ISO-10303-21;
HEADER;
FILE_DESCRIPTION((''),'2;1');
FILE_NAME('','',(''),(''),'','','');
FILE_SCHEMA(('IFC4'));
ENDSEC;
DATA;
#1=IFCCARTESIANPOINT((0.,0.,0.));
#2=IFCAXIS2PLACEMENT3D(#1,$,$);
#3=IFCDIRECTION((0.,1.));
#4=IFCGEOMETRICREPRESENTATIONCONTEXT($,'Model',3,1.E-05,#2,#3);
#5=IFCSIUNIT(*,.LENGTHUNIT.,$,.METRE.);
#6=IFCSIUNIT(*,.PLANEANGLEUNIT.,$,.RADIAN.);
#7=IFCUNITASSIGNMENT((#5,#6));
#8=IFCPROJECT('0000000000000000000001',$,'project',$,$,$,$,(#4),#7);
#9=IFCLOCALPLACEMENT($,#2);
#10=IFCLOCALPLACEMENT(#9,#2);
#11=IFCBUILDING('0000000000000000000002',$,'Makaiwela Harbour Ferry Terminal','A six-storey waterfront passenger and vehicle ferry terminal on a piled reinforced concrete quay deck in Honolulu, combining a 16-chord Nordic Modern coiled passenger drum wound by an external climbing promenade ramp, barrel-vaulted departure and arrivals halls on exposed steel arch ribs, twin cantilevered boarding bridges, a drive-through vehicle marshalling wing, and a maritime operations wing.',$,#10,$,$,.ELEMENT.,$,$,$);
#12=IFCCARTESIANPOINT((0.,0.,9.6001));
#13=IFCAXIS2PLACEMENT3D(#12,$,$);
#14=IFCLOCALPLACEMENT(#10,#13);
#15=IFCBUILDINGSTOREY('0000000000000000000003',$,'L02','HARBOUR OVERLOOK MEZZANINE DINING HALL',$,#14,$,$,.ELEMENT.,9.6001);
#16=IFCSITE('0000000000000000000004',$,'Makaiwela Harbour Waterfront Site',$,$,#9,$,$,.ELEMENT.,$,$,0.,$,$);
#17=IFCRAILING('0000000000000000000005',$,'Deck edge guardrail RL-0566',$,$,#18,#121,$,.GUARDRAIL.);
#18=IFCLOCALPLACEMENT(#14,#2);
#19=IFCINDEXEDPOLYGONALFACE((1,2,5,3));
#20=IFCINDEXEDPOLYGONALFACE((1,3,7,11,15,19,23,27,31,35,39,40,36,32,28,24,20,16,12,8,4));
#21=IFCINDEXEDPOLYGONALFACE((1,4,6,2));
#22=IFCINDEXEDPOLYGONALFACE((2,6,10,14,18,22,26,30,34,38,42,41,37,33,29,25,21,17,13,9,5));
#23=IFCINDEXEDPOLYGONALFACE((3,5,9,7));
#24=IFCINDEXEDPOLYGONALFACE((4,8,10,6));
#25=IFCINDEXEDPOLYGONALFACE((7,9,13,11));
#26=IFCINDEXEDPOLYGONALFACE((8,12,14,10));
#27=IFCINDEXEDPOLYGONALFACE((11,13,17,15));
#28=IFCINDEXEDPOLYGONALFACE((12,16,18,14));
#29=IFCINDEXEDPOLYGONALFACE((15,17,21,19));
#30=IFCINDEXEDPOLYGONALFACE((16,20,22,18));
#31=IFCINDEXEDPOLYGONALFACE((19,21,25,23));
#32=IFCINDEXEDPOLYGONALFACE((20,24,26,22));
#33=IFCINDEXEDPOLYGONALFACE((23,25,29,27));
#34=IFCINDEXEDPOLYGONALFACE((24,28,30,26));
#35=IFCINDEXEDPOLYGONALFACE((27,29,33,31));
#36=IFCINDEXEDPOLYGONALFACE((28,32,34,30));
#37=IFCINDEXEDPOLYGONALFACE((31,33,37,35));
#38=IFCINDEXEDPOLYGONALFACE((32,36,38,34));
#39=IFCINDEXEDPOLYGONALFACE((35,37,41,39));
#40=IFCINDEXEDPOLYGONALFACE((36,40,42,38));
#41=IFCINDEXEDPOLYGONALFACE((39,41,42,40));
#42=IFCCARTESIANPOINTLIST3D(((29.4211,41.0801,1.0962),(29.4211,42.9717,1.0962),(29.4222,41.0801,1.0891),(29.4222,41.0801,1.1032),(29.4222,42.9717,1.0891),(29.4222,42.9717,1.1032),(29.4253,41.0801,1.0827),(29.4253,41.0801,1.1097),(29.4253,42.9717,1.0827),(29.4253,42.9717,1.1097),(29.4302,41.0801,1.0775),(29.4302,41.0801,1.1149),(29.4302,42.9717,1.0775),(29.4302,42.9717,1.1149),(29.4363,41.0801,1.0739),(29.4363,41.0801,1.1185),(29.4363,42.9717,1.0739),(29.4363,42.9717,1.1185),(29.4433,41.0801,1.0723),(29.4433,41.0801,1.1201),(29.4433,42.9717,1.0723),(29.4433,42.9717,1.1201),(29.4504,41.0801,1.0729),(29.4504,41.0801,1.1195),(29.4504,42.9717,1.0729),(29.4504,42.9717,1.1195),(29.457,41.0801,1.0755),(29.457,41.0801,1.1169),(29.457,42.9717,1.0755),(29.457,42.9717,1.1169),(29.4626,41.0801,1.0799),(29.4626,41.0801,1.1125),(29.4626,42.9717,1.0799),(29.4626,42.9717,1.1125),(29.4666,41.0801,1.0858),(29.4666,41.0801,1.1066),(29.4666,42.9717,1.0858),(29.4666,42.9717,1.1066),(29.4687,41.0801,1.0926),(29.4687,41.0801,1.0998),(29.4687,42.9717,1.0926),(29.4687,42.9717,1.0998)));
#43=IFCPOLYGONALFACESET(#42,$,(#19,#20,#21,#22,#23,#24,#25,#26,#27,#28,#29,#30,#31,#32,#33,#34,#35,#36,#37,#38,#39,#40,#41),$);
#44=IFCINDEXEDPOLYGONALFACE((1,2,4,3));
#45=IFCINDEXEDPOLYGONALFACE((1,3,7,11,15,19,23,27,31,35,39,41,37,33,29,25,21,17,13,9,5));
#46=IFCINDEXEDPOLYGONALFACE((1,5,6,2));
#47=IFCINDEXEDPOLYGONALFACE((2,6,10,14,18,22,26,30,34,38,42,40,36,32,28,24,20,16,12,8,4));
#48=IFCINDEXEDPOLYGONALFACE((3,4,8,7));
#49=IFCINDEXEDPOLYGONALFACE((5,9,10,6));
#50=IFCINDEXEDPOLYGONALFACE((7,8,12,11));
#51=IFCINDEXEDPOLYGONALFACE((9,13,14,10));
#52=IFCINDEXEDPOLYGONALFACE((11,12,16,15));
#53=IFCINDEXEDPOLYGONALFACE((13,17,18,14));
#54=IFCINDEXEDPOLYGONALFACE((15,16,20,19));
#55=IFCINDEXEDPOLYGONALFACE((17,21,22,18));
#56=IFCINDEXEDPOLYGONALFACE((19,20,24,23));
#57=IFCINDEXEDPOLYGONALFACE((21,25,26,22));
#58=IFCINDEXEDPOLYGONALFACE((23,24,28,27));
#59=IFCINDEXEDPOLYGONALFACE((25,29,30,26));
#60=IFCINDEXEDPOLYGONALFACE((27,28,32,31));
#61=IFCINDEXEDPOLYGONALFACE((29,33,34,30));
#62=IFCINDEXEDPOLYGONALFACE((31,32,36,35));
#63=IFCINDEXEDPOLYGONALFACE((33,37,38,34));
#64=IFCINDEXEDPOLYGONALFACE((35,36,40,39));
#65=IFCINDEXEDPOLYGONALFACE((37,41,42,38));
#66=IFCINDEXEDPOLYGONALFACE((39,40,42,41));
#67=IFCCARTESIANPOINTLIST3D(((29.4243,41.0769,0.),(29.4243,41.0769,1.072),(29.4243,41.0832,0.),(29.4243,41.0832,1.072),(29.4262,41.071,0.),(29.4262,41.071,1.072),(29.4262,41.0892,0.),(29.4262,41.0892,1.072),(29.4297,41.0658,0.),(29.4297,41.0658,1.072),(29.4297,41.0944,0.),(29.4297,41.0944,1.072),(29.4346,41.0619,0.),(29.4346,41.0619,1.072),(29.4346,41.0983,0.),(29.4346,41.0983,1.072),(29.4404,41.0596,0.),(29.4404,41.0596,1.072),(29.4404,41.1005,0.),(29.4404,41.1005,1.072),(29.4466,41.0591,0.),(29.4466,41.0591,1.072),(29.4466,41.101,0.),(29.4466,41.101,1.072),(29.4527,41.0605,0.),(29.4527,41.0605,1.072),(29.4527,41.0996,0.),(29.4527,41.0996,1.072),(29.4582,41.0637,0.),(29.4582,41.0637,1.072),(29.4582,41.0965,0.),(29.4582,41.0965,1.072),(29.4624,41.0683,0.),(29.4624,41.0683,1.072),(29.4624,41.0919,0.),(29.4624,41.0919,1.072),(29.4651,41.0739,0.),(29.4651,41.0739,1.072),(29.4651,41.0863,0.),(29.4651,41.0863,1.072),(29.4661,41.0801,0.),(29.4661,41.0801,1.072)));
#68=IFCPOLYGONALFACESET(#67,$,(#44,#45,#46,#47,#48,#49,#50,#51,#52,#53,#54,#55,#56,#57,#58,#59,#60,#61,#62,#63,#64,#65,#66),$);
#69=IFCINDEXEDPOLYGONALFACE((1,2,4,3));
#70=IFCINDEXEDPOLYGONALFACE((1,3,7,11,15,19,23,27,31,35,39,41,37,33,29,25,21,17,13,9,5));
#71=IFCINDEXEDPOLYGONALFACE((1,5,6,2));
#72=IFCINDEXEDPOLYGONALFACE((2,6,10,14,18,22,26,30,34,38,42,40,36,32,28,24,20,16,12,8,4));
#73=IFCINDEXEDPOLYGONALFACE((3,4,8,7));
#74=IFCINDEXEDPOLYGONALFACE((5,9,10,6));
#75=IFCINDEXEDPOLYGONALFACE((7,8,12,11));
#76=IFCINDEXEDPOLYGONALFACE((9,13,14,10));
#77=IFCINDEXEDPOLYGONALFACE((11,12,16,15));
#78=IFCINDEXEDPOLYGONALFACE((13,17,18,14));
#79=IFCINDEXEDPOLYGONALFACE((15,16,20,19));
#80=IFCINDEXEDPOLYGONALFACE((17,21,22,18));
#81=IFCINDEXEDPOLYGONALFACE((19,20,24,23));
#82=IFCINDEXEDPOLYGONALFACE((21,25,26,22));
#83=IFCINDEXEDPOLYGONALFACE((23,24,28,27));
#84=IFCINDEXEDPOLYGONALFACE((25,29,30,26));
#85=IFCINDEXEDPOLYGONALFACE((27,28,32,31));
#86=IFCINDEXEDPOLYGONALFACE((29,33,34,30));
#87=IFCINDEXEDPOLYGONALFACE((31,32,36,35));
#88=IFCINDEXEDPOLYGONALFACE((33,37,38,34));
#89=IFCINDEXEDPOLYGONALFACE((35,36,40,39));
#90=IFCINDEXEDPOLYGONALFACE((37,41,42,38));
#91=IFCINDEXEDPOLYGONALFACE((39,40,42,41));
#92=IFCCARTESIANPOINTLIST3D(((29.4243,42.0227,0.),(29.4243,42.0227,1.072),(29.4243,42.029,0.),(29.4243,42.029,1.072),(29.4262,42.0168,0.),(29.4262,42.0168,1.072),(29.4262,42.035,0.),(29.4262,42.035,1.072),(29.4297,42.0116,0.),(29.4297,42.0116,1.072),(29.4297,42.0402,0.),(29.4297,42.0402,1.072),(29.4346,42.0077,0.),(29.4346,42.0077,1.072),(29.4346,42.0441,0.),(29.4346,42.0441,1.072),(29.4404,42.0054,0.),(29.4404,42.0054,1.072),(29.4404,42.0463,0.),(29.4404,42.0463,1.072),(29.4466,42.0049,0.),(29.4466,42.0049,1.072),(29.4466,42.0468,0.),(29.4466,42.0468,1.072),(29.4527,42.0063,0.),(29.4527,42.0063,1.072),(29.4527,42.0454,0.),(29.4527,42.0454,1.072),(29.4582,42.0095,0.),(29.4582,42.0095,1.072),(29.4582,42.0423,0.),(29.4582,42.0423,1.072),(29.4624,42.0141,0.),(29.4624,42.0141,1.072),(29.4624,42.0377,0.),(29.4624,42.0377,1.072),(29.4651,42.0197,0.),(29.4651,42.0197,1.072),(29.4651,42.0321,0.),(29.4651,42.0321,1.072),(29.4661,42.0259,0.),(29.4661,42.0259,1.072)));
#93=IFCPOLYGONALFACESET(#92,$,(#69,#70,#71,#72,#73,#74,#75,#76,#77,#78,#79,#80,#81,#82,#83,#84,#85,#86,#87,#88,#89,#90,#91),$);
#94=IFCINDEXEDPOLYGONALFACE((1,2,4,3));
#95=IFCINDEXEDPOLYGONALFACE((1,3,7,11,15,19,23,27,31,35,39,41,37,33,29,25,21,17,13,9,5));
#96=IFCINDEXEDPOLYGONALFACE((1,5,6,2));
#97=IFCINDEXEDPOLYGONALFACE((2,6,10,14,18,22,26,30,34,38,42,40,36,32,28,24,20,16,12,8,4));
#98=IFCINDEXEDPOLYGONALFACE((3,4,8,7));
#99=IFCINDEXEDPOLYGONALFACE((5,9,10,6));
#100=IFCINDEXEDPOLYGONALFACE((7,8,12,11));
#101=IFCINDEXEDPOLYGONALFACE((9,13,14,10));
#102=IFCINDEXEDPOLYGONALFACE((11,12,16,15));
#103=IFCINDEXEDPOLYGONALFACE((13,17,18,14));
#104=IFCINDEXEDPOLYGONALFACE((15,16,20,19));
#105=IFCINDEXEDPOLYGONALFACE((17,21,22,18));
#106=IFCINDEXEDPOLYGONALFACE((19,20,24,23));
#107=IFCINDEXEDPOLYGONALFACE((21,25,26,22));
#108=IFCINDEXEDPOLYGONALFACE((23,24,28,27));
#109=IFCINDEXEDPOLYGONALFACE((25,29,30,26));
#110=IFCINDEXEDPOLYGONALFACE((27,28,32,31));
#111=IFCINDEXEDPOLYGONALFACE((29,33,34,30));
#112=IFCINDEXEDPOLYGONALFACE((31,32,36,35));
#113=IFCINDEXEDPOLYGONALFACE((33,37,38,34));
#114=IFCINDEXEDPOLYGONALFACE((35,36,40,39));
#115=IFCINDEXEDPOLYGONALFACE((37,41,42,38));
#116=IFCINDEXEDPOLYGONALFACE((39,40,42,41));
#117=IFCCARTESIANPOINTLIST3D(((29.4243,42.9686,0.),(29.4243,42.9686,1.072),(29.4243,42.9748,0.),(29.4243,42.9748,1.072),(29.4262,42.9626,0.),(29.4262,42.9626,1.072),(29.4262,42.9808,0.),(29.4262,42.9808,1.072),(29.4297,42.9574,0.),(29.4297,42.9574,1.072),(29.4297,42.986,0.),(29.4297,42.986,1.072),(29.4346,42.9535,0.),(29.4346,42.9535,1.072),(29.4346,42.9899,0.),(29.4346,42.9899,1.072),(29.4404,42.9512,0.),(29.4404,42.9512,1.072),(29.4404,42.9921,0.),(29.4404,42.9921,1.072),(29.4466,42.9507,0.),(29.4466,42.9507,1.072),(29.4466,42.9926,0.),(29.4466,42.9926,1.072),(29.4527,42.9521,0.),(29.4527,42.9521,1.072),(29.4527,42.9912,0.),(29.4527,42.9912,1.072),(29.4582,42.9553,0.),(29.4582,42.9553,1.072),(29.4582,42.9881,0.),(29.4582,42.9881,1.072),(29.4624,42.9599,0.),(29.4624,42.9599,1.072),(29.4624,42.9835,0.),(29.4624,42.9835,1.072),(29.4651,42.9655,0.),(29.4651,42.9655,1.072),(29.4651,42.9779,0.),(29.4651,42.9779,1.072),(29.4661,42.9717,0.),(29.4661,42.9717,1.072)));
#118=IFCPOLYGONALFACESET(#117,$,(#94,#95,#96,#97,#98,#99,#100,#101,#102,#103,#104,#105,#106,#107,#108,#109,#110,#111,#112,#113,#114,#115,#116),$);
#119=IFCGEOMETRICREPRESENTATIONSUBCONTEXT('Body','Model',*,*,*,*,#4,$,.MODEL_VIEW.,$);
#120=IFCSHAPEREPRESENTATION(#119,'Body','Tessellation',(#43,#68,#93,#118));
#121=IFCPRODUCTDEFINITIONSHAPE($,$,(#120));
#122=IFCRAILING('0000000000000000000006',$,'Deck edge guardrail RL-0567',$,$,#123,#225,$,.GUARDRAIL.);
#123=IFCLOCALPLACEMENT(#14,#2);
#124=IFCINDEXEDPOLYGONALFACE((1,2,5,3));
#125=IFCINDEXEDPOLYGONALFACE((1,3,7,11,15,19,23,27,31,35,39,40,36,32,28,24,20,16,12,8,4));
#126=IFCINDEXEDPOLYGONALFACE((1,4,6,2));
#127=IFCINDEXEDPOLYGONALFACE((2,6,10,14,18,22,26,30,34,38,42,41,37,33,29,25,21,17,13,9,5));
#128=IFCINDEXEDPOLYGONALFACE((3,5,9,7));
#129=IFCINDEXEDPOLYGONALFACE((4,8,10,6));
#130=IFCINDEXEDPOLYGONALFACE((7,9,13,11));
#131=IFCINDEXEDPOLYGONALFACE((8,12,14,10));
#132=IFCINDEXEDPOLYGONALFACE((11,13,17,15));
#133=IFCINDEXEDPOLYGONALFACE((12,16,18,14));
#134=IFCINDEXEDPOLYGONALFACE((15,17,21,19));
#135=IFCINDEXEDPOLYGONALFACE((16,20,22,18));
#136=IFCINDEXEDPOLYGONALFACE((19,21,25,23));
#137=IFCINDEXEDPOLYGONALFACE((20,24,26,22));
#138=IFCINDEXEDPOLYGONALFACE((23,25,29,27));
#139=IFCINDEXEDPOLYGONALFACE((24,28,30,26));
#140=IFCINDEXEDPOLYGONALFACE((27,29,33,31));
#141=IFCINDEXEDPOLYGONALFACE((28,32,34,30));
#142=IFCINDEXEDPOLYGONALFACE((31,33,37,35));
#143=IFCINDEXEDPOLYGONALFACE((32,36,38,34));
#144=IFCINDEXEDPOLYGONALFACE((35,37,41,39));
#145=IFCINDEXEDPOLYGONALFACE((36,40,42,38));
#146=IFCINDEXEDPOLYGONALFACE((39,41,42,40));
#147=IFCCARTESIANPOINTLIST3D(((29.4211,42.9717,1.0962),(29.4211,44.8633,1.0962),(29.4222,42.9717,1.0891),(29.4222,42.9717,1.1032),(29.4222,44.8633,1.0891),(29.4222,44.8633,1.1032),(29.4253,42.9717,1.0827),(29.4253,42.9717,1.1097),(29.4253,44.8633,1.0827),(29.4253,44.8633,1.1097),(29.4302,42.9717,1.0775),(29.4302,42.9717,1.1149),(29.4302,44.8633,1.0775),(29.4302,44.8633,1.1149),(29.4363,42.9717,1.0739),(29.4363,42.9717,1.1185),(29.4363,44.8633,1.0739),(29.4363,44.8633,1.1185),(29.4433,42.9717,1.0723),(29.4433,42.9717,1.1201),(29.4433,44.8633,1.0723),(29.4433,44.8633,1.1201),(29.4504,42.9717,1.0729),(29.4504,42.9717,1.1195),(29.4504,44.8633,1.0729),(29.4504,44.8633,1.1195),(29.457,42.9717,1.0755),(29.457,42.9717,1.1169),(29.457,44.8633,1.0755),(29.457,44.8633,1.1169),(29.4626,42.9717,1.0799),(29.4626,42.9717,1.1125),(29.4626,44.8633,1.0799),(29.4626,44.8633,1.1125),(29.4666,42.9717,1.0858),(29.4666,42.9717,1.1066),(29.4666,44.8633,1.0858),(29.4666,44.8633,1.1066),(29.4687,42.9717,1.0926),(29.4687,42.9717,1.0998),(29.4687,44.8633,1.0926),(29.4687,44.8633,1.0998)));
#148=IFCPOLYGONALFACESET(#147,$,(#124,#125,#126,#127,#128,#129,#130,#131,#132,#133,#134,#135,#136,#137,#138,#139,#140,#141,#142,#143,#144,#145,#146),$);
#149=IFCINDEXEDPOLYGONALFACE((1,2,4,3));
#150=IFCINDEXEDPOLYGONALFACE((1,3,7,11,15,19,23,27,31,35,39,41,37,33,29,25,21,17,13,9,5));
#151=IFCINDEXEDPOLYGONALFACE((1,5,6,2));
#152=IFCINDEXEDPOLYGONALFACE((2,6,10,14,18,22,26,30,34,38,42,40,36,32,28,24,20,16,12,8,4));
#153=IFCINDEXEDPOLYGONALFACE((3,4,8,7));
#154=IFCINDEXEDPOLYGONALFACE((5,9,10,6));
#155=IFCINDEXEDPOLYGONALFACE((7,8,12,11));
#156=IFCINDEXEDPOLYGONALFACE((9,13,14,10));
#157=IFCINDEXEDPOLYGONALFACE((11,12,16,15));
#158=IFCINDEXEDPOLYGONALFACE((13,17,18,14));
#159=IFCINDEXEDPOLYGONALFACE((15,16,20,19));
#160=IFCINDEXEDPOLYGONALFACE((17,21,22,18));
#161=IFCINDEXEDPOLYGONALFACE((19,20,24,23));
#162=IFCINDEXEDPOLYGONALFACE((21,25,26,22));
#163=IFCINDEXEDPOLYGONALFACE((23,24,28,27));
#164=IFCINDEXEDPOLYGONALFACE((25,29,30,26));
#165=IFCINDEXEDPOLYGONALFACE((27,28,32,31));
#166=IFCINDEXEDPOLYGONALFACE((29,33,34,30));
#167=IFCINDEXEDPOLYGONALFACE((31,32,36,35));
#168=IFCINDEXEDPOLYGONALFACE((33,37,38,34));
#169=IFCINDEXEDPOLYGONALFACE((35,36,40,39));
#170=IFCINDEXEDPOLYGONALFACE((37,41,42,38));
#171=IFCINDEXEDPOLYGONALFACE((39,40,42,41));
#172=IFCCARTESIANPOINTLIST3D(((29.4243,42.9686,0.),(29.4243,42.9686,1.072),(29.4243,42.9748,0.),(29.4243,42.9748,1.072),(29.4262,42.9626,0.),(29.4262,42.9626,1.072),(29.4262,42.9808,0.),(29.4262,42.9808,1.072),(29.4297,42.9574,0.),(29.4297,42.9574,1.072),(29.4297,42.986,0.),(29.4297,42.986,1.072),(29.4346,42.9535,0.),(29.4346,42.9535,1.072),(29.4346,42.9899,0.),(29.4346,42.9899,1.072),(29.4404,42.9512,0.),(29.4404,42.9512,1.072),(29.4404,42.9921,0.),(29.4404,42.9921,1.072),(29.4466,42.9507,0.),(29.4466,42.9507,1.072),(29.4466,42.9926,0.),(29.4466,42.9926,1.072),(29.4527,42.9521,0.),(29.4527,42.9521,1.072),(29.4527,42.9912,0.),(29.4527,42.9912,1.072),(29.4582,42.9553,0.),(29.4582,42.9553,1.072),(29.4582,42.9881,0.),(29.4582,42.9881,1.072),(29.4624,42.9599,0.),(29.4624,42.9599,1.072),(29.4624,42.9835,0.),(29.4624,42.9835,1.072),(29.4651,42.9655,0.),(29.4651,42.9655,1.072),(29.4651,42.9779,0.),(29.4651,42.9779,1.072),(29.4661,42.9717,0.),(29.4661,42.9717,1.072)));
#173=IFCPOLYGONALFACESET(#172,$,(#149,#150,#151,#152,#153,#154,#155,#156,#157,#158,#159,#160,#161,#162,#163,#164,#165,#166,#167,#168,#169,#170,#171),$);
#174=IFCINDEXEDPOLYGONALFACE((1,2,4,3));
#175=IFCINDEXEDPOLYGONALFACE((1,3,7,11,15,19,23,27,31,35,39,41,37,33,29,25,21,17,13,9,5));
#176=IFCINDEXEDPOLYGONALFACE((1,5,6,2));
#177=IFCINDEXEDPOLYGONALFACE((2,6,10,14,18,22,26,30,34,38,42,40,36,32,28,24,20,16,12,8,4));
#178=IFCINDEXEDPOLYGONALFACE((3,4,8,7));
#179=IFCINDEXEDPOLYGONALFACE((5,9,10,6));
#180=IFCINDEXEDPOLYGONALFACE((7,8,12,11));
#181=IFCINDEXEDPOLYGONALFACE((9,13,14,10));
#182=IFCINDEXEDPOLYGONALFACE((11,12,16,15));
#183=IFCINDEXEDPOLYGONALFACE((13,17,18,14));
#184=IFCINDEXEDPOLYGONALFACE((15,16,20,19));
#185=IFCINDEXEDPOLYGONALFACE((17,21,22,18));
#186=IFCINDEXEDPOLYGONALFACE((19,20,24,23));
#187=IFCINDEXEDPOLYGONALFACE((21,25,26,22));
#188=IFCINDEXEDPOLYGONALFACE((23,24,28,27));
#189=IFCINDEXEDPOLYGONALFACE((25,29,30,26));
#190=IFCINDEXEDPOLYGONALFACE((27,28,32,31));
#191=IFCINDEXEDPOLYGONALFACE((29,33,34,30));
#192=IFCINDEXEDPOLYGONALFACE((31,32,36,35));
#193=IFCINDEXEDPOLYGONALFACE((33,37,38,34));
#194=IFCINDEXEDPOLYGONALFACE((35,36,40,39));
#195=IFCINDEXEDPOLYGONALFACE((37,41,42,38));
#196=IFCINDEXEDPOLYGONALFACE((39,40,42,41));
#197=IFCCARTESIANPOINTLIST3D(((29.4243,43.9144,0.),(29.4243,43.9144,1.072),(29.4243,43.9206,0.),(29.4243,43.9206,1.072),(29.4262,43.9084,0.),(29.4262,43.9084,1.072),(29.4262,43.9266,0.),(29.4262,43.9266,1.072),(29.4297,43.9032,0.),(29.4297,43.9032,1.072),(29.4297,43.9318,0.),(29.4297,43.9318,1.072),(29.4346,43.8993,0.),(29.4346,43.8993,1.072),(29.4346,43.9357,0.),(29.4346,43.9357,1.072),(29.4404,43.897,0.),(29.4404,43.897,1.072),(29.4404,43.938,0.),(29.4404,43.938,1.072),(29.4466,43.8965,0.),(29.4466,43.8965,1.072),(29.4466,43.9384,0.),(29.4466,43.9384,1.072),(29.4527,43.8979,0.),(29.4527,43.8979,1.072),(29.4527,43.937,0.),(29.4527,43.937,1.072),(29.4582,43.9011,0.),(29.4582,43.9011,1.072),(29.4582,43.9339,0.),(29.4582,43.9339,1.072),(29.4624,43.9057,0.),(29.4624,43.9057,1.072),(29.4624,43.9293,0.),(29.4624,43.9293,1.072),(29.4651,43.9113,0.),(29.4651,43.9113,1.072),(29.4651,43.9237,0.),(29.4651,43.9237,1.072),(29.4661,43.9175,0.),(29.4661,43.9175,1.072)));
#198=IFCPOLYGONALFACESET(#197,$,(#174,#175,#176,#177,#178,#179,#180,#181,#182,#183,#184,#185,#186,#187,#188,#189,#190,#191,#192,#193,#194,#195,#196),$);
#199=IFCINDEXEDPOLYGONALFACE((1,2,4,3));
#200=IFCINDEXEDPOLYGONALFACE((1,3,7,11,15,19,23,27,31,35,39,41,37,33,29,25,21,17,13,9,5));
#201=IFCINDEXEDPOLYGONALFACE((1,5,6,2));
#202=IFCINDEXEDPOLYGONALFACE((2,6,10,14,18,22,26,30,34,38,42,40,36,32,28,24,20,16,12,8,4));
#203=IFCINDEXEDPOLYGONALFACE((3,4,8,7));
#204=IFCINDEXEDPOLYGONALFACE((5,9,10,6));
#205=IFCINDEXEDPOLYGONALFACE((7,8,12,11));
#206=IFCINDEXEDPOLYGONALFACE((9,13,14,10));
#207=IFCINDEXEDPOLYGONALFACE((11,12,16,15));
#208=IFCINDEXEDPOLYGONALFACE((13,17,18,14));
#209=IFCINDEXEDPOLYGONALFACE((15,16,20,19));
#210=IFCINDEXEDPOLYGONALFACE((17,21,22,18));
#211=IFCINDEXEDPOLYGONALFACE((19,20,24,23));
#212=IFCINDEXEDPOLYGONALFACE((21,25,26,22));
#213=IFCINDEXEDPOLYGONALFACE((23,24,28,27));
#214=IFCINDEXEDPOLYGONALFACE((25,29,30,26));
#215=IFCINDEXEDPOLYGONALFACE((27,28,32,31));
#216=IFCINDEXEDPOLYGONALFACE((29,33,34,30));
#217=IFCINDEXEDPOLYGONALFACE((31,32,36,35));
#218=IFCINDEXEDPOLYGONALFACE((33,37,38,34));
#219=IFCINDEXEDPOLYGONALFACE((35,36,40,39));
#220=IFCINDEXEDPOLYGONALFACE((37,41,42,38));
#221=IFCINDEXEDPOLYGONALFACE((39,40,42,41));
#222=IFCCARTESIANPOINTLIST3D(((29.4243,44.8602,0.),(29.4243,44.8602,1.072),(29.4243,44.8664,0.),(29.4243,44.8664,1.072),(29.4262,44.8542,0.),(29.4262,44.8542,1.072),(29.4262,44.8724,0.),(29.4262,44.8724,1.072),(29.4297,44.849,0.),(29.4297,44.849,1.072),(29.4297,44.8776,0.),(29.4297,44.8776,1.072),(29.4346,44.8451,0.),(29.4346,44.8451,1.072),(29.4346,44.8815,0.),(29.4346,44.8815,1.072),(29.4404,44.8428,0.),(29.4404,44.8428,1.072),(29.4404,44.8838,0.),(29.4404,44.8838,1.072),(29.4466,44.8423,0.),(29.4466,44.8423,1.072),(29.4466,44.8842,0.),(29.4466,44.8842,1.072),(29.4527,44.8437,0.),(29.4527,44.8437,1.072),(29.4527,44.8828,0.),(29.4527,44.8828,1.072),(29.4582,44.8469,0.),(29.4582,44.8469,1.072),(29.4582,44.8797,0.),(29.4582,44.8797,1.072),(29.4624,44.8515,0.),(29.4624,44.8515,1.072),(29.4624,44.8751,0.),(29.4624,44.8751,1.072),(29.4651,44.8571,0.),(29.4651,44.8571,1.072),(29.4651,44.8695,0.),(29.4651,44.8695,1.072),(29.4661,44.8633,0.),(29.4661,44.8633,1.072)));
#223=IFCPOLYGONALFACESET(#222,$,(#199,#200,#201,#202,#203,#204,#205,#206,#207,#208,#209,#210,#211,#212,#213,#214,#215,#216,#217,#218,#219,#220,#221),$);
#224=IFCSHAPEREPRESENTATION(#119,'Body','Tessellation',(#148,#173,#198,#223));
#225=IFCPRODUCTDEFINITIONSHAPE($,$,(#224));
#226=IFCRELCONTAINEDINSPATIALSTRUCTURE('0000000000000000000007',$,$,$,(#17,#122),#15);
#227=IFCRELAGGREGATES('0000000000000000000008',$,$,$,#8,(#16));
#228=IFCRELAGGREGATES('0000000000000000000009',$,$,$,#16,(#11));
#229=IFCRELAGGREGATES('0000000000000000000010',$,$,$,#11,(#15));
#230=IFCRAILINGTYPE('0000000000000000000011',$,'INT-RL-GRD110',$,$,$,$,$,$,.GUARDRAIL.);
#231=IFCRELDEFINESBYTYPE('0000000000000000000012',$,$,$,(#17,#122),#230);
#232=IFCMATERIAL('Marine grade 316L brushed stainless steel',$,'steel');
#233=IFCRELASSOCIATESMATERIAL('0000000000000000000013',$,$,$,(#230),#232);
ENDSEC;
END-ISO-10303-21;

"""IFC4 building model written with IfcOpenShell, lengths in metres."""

from ifc_helpers import new_model, si_unit, direction, frame, origin, origin_2d, place, context, subcontext, project, spatial, circle, extrude, material, type_object, element, save


model = new_model("IFC4")

# Units and contexts
model_context = context("Model", 3, precision=1e-05, world=origin(), true_north=direction((0.0, 1.0)))
body_context = subcontext(model_context, "Body", "Model", "MODEL_VIEW")
ifc_project = project(units=[si_unit("LENGTHUNIT", "METRE"), si_unit("PLANEANGLEUNIT", "RADIAN")], contexts=[model_context])

# Site, building, storey
site_placement = place(None, origin())
site = spatial("IfcSite", under=ifc_project, at=site_placement, Name="Makaiwela Harbour Waterfront Site", CompositionType="ELEMENT", RefElevation=0.0)
building_placement = place(site_placement, origin())
building = spatial("IfcBuilding", under=site, at=building_placement, Name="Makaiwela Harbour Ferry Terminal", Description="A six-storey waterfront passenger and vehicle ferry terminal on a piled reinforced concrete quay deck in Honolulu, combining a 16-chord Nordic Modern coiled passenger drum wound by an external climbing promenade ramp, barrel-vaulted departure and arrivals halls on exposed steel arch ribs, twin cantilevered boarding bridges, a drive-through vehicle marshalling wing, and a maritime operations wing.", CompositionType="ELEMENT")
storey_placement = place(building_placement, frame((0.0, 0.0, 9.6001)))
storey = spatial("IfcBuildingStorey", under=building, at=storey_placement, Name="L02", Description="HARBOUR OVERLOOK MEZZANINE DINING HALL", CompositionType="ELEMENT", Elevation=9.6001)

# Railings
ifc_material_1 = material(Name="Marine grade 316L brushed stainless steel", Category="steel")
railing_type = type_object("IfcRailingType", Name="INT-RL-GRD110", PredefinedType="GUARDRAIL", material=ifc_material_1)
for number, where, name in (
    (1, (29.4451, 41.0801, 0.0), "Deck edge guardrail RL-0566"),
    (2, (29.4451, 42.9717, 0.0), "Deck edge guardrail RL-0567"),
):
    element("IfcRailing", number, at=place(storey_placement, frame(where)), inside=storey, type_object=railing_type, Name=name, PredefinedType="GUARDRAIL", context=body_context, shape_type="SweptSolid", body=[
        extrude(circle(Radius=0.0239, at=origin_2d()), frame((0.0, 0.0, 1.0962), z_axis=(0.0, 1.0, 0.0), x_axis=(-1.0, 0.0, 0.0)), (0.0, 0.0, 1.0), 1.8916),
        extrude(circle(Radius=0.021, at=origin_2d()), origin(), (0.0, 0.0, 1.0), 1.072),
        extrude(circle(Radius=0.021, at=origin_2d()), frame((0.0, 0.9458, 0.0)), (0.0, 0.0, 1.0), 1.072),
        extrude(circle(Radius=0.021, at=origin_2d()), frame((0.0, 1.8916, 0.0)), (0.0, 0.0, 1.0), 1.072),
    ])

save(model, "model.ifc")
